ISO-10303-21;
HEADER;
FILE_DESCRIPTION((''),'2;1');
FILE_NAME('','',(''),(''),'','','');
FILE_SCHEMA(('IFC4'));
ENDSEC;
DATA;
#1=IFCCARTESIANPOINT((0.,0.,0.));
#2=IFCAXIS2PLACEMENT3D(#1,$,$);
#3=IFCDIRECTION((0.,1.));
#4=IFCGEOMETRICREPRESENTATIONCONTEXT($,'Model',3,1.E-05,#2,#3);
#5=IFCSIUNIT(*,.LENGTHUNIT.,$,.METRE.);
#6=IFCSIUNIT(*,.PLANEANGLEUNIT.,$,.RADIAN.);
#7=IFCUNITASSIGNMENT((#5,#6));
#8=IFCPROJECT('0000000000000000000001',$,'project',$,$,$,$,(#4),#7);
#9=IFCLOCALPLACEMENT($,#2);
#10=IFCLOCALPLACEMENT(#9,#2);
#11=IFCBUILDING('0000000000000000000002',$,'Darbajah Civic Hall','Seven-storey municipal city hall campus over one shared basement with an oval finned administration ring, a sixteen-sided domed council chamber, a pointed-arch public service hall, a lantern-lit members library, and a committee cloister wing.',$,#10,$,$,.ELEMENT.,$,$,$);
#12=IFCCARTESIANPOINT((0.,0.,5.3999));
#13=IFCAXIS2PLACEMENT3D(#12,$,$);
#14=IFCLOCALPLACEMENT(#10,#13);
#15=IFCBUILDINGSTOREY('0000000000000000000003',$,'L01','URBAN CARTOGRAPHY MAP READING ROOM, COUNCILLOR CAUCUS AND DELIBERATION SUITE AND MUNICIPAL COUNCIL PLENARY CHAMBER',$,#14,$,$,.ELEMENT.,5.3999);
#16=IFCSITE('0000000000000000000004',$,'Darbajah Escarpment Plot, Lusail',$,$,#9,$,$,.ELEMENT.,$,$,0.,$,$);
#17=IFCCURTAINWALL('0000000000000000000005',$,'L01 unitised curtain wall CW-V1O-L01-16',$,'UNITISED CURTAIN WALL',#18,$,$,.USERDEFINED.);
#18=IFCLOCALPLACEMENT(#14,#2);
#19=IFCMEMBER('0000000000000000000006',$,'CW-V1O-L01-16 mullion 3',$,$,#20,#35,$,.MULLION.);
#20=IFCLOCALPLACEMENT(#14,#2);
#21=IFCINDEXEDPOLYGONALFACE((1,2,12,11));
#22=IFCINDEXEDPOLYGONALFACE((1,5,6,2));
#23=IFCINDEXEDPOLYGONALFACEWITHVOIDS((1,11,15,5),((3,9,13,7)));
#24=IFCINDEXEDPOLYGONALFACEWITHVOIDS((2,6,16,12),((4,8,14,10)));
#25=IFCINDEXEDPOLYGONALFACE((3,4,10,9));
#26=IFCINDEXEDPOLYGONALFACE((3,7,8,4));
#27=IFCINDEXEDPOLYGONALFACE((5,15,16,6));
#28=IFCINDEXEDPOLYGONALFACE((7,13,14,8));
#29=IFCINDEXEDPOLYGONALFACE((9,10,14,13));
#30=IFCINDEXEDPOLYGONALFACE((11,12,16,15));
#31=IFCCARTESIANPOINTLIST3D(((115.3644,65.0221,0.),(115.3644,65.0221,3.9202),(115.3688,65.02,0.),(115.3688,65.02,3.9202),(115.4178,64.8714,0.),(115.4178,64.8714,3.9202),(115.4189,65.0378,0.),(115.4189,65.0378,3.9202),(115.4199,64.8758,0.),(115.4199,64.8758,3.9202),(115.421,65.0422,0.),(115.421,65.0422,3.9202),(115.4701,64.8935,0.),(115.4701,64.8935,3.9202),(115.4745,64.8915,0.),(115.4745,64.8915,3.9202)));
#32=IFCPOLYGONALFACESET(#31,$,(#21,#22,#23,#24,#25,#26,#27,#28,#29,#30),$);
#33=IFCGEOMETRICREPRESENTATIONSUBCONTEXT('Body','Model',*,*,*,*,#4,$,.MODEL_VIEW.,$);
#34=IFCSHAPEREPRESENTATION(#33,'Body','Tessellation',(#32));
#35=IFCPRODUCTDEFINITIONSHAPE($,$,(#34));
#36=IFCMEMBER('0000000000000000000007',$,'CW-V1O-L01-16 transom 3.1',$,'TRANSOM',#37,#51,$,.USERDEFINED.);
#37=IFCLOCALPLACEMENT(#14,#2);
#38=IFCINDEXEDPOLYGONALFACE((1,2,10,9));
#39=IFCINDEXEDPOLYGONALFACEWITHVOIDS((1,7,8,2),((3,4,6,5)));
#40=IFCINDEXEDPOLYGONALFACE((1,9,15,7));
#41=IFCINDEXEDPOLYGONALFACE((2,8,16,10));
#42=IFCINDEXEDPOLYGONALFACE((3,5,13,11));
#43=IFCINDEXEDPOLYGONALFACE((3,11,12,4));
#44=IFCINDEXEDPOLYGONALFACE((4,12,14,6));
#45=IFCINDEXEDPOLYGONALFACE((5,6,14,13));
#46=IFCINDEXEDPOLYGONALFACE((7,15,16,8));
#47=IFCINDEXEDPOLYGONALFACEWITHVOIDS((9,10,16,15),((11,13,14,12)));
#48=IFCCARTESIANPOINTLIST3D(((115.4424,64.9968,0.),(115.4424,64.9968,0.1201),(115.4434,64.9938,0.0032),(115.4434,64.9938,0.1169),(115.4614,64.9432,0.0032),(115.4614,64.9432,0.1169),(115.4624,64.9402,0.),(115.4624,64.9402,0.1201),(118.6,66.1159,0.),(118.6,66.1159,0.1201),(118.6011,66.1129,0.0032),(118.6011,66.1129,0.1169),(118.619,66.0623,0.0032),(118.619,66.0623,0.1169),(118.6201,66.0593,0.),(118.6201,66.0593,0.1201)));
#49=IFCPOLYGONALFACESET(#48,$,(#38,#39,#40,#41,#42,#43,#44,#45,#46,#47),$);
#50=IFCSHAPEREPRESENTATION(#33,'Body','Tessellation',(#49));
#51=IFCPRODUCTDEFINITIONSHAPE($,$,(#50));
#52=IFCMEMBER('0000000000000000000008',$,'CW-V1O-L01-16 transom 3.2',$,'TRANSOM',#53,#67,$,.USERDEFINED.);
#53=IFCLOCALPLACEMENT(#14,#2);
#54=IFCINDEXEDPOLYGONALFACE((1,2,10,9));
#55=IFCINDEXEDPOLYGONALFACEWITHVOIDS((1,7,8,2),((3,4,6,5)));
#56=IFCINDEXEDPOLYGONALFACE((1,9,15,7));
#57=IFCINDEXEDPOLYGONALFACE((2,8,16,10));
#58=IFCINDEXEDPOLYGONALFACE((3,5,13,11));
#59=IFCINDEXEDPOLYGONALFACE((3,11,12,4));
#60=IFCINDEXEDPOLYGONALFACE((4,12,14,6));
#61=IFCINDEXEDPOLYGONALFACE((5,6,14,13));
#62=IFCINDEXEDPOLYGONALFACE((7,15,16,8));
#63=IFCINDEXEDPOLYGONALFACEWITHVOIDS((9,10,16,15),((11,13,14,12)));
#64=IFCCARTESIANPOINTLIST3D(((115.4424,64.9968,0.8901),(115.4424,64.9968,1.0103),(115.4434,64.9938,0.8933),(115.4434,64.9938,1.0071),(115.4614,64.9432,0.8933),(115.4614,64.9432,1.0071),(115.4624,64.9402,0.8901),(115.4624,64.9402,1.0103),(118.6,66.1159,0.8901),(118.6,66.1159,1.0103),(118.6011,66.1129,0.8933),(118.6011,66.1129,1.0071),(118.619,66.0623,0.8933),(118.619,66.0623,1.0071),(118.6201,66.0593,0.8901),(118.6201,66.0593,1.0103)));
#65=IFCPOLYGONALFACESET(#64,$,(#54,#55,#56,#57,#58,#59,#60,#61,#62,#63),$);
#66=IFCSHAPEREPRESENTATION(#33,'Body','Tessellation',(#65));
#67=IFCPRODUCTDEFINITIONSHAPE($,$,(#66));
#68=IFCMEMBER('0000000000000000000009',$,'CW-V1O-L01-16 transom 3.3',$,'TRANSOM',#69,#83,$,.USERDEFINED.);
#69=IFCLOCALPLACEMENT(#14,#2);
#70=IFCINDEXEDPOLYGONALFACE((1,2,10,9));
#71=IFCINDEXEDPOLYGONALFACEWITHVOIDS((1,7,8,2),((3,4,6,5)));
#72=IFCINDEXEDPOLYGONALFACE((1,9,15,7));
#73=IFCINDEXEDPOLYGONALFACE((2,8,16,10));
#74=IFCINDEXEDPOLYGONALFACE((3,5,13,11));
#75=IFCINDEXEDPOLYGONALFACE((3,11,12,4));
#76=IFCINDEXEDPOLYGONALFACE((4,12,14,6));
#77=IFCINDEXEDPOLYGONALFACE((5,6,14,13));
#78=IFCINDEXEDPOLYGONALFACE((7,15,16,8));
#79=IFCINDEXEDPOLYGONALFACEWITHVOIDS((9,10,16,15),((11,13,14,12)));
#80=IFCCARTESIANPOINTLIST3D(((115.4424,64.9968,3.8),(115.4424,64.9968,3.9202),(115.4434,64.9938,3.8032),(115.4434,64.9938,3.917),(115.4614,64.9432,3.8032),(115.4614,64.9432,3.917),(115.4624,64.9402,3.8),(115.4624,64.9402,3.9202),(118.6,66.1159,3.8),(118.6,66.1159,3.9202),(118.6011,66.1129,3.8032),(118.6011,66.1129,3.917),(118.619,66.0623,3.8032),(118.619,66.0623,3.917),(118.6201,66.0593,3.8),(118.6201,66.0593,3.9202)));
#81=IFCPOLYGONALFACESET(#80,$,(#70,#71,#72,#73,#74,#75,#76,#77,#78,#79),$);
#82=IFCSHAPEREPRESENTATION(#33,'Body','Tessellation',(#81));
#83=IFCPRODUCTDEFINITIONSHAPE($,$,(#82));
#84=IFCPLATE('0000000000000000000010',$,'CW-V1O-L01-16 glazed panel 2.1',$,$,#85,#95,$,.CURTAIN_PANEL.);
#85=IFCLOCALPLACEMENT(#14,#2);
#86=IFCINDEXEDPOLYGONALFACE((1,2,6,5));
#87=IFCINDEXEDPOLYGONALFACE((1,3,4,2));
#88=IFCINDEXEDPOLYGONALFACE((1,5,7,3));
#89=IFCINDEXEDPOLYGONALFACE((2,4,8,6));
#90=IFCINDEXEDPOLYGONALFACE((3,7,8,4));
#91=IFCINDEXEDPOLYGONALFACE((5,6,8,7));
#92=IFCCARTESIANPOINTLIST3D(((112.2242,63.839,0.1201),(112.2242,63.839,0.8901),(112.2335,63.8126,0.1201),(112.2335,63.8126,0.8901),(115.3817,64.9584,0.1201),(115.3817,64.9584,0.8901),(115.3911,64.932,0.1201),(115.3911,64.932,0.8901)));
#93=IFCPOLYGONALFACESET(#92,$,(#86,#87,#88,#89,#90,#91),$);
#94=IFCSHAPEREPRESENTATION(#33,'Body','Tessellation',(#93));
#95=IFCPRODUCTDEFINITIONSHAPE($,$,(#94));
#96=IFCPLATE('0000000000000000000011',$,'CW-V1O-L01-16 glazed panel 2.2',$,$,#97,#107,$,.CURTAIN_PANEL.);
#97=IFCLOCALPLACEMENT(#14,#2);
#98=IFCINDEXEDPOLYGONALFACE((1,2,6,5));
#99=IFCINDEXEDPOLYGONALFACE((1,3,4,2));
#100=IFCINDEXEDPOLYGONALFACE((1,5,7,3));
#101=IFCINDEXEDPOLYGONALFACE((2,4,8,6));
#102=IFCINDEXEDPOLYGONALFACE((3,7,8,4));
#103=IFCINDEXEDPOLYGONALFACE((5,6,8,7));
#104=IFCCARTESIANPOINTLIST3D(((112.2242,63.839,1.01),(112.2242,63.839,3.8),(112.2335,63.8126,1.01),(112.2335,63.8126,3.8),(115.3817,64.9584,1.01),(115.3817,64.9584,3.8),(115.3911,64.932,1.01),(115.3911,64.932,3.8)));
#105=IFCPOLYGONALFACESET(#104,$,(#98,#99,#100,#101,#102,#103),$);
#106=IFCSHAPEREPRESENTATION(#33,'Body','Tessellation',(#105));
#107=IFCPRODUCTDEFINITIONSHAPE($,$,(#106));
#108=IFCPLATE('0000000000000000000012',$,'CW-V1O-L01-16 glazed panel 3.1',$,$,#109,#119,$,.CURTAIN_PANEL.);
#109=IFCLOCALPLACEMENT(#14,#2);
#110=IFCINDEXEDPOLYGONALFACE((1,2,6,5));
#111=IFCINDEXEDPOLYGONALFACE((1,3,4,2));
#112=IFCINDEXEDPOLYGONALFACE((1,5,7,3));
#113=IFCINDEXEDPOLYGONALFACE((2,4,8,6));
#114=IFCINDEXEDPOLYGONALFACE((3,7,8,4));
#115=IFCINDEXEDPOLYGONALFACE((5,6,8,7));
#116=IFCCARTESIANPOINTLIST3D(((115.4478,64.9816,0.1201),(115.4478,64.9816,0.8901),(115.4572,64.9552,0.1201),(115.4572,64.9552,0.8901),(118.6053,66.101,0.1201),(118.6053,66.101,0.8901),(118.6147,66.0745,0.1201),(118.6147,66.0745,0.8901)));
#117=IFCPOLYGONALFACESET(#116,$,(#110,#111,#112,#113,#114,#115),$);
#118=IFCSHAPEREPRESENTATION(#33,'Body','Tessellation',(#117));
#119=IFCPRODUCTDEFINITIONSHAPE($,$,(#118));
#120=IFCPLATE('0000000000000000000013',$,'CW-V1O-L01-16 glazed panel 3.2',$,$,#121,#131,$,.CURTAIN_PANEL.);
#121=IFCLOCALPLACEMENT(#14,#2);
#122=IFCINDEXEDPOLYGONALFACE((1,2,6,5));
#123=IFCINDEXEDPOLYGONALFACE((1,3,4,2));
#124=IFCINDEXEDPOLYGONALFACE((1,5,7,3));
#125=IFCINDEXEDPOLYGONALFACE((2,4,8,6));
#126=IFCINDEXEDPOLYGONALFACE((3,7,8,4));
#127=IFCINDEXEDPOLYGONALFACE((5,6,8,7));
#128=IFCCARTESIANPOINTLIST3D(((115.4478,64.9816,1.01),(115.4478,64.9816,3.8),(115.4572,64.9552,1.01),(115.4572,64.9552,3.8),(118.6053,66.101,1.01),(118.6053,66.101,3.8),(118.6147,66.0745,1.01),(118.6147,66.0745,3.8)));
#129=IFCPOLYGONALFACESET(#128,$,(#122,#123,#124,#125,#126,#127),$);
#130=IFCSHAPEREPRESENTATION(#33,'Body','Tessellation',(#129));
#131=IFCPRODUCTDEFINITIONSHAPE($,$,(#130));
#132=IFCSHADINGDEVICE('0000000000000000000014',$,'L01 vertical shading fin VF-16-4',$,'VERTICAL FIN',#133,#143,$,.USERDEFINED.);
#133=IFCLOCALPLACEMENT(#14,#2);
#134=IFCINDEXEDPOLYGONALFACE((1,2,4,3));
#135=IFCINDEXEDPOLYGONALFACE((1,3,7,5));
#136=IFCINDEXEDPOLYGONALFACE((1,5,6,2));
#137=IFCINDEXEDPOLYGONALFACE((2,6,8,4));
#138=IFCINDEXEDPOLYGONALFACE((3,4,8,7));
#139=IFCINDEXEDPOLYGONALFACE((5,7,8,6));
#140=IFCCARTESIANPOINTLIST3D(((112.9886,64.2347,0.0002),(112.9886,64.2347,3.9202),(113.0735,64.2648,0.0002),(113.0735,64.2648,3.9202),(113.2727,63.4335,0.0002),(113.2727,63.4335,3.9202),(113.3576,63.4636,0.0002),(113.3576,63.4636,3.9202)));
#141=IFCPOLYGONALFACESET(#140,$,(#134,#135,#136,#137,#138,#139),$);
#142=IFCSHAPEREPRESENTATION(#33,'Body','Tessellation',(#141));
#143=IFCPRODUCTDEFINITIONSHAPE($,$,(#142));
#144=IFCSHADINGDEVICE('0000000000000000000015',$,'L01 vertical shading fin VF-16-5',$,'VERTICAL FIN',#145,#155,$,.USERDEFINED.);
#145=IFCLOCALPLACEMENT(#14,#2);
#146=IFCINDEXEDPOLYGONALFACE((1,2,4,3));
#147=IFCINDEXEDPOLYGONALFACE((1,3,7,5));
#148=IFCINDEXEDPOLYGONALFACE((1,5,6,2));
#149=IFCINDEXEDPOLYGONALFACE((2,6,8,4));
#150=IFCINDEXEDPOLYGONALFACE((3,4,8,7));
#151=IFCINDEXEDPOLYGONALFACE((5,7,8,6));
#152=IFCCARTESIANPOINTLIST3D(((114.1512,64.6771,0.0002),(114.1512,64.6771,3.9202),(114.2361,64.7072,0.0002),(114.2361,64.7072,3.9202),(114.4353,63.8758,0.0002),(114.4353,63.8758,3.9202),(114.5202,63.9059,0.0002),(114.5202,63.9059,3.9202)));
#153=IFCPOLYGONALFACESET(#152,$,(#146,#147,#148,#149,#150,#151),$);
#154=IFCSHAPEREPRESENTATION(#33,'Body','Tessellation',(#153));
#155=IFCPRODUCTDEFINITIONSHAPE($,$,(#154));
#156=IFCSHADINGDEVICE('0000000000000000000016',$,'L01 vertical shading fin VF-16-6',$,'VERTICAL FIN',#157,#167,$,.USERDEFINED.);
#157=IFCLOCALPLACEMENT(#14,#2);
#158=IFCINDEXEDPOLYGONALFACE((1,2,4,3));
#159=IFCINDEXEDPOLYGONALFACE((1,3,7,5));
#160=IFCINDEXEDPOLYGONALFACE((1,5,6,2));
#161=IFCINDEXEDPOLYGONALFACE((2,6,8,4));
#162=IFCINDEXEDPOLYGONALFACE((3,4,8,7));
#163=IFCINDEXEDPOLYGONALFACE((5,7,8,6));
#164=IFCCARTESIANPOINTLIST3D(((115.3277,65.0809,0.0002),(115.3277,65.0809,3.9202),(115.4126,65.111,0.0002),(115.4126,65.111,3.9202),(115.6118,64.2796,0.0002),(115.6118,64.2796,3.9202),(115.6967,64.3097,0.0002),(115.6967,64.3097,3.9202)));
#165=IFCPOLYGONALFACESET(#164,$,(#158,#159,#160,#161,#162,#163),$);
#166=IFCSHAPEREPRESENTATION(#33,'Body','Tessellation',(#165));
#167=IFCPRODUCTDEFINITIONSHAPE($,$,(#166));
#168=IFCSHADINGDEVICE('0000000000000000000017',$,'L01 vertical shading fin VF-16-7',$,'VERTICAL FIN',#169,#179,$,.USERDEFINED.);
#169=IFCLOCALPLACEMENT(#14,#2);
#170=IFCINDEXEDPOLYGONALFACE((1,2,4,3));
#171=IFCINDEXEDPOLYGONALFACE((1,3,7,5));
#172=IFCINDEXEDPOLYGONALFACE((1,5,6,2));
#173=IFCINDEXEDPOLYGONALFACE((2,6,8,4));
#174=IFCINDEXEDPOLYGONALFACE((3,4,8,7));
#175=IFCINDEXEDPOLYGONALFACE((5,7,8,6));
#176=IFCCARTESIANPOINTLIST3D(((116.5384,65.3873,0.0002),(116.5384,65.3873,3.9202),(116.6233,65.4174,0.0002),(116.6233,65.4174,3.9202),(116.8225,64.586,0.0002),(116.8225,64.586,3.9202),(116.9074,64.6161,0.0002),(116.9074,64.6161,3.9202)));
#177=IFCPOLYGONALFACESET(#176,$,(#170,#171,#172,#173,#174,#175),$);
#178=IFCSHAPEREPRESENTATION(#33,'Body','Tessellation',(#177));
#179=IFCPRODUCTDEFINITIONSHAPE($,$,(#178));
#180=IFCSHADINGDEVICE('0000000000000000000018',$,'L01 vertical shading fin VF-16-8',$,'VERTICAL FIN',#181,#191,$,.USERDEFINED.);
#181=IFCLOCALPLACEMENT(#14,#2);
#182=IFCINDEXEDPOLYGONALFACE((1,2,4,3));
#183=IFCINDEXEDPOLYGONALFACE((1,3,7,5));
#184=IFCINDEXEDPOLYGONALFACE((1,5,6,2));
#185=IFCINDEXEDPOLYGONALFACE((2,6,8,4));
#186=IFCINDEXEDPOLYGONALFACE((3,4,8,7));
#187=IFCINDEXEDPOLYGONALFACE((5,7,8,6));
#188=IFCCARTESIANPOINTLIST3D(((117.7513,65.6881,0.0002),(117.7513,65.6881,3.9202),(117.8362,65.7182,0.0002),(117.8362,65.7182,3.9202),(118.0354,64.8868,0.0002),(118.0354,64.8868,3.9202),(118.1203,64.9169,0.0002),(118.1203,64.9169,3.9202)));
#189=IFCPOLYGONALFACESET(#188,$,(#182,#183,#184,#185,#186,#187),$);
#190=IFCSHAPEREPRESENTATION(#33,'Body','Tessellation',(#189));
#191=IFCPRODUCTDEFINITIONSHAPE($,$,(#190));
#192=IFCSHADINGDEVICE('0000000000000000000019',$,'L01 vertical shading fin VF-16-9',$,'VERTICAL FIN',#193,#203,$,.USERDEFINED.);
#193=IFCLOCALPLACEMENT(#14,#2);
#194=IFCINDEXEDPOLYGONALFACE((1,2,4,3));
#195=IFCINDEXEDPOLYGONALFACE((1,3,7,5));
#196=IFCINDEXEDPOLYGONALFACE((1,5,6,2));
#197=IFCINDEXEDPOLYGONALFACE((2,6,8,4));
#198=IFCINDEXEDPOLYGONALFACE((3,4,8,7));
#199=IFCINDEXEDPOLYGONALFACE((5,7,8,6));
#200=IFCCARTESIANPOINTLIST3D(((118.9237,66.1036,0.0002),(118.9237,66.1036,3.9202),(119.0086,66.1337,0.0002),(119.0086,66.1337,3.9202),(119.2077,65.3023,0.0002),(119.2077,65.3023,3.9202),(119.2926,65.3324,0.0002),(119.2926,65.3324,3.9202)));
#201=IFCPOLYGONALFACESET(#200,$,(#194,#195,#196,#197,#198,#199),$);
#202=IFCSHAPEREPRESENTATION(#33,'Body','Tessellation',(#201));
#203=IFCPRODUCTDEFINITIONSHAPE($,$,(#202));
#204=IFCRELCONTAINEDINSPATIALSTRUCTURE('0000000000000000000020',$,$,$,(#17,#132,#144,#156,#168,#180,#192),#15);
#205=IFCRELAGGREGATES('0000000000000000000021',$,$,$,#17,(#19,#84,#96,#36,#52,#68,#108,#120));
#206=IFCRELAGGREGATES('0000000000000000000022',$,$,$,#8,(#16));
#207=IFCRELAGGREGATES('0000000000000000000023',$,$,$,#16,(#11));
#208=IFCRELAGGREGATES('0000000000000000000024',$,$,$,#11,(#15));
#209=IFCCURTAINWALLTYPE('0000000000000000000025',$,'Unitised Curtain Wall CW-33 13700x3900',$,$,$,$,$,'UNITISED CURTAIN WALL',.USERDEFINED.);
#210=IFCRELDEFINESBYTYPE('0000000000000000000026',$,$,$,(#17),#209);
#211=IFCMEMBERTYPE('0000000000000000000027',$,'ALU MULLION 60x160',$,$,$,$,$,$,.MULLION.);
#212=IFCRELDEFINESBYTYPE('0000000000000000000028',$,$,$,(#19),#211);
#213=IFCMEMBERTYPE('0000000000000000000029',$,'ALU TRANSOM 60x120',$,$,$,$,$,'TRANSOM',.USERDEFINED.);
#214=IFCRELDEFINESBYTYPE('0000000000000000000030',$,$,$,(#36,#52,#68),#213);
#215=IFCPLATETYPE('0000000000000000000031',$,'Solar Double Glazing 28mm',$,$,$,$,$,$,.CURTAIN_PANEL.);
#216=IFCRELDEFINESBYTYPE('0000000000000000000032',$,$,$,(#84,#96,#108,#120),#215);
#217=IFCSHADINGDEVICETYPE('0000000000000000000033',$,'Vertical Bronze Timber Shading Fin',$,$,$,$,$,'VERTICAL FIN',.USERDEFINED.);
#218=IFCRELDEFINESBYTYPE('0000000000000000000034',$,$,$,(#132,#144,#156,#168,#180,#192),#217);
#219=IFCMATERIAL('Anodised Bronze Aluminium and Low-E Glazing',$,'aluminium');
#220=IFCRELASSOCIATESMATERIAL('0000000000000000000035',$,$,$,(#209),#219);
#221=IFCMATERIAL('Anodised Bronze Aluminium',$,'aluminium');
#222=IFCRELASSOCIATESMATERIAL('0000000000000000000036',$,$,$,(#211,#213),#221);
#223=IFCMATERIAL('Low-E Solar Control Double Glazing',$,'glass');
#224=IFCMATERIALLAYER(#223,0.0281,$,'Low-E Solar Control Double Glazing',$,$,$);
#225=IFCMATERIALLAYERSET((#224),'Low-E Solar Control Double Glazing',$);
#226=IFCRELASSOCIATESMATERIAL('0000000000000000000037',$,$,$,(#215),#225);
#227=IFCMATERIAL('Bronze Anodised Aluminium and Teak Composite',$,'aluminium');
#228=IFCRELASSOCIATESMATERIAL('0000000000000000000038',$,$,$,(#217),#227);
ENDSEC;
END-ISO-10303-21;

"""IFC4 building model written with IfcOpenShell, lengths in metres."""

from ifc_helpers import new_model, si_unit, direction, frame, origin, origin_2d, place, context, subcontext, project, spatial, rectangle, hollow_rectangle, extrude, material, layer, layer_set, material_profile, profile_set, type_object, element, aggregate, save


model = new_model("IFC4")

# Units and contexts
model_context = context("Model", 3, precision=1e-05, world=origin(), true_north=direction((0.0, 1.0)))
body_context = subcontext(model_context, "Body", "Model", "MODEL_VIEW")
ifc_project = project(units=[si_unit("LENGTHUNIT", "METRE"), si_unit("PLANEANGLEUNIT", "RADIAN")], contexts=[model_context])

# Site, building, storey
site_placement = place(None, origin())
site = spatial("IfcSite", under=ifc_project, at=site_placement, Name="Darbajah Escarpment Plot, Lusail", CompositionType="ELEMENT", RefElevation=0.0)
building_placement = place(site_placement, origin())
building = spatial("IfcBuilding", under=site, at=building_placement, Name="Darbajah Civic Hall", Description="Seven-storey municipal city hall campus over one shared basement with an oval finned administration ring, a sixteen-sided domed council chamber, a pointed-arch public service hall, a lantern-lit members library, and a committee cloister wing.", CompositionType="ELEMENT")
storey_placement = place(building_placement, frame((0.0, 0.0, 5.3999)))
storey = spatial("IfcBuildingStorey", under=building, at=storey_placement, Name="L01", Description="URBAN CARTOGRAPHY MAP READING ROOM, COUNCILLOR CAUCUS AND DELIBERATION SUITE AND MUNICIPAL COUNCIL PLENARY CHAMBER", CompositionType="ELEMENT", Elevation=5.3999)

# Curtain wall, members, plates
ifc_material_1 = material(Name="Anodised Bronze Aluminium and Low-E Glazing", Category="aluminium")
curtain_wall_type = type_object("IfcCurtainWallType", Name="Unitised Curtain Wall CW-33 13700x3900", ElementType="UNITISED CURTAIN WALL", PredefinedType="USERDEFINED", material=ifc_material_1)
curtain_wall_placement = place(storey_placement, origin())
curtain_wall = element("IfcCurtainWall", 1, at=curtain_wall_placement, inside=storey, type_object=curtain_wall_type, Name="L01 unitised curtain wall CW-V1O-L01-16", ObjectType="UNITISED CURTAIN WALL", PredefinedType="USERDEFINED")
ifc_material_2 = material(Name="Anodised Bronze Aluminium", Category="aluminium")
ifc_material_profile_1 = material_profile(ifc_material_2, hollow_rectangle(XDim=0.0601, YDim=0.1599, WallThickness=0.0034, at=origin_2d()), Name="ALU MULLION 60x160")
ifc_profile_set_1 = profile_set([ifc_material_profile_1], Name="Anodised Bronze Aluminium")
member_type_1 = type_object("IfcMemberType", Name="ALU MULLION 60x160", PredefinedType="MULLION", material=ifc_profile_set_1)
member_1_placement = place(storey_placement, frame((115.4194, 64.9568, 0.0), z_axis=(0.0, 0.0, 1.0), x_axis=(0.942525, 0.334136, 0.0)))
member_1 = element("IfcMember", 2, at=member_1_placement, type_object=member_type_1, Name="CW-V1O-L01-16 mullion 3", PredefinedType="MULLION", context=body_context, shape_type="SweptSolid", body=[
    extrude(hollow_rectangle(XDim=0.0601, YDim=0.1599, WallThickness=0.0034, at=origin_2d()), origin(), (0.0, 0.0, 1.0), 3.9202),
])
ifc_material_profile_2 = material_profile(ifc_material_2, hollow_rectangle(XDim=0.0601, YDim=0.1201, WallThickness=0.0032, at=origin_2d()), Name="ALU TRANSOM 60x120")
ifc_profile_set_2 = profile_set([ifc_material_profile_2], Name="Anodised Bronze Aluminium")
member_type_2 = type_object("IfcMemberType", Name="ALU TRANSOM 60x120", ElementType="TRANSOM", PredefinedType="USERDEFINED", material=ifc_profile_set_2)
member_2_placement = place(storey_placement, frame((115.4524, 64.9685, 0.0601), z_axis=(0.942554, 0.334055, 0.0), x_axis=(-0.334055, 0.942554, 0.0)))
member_2 = element("IfcMember", 3, at=member_2_placement, type_object=member_type_2, Name="CW-V1O-L01-16 transom 3.1", ObjectType="TRANSOM", PredefinedType="USERDEFINED", context=body_context, shape_type="SweptSolid", body=[
    extrude(hollow_rectangle(XDim=0.0601, YDim=0.1201, WallThickness=0.0032, at=origin_2d()), origin(), (0.0, 0.0, 1.0), 3.3501),
])
member_3_placement = place(storey_placement, frame((115.4524, 64.9685, 0.9502), z_axis=(0.942554, 0.334055, 0.0), x_axis=(-0.334055, 0.942554, 0.0)))
member_3 = element("IfcMember", 4, at=member_3_placement, type_object=member_type_2, Name="CW-V1O-L01-16 transom 3.2", ObjectType="TRANSOM", PredefinedType="USERDEFINED", context=body_context, shape_type="SweptSolid", body=[
    extrude(hollow_rectangle(XDim=0.0601, YDim=0.1201, WallThickness=0.0032, at=origin_2d()), origin(), (0.0, 0.0, 1.0), 3.3501),
])
member_4_placement = place(storey_placement, frame((115.4524, 64.9685, 3.8601), z_axis=(0.942554, 0.334055, 0.0), x_axis=(-0.334055, 0.942554, 0.0)))
member_4 = element("IfcMember", 5, at=member_4_placement, type_object=member_type_2, Name="CW-V1O-L01-16 transom 3.3", ObjectType="TRANSOM", PredefinedType="USERDEFINED", context=body_context, shape_type="SweptSolid", body=[
    extrude(hollow_rectangle(XDim=0.0601, YDim=0.1201, WallThickness=0.0032, at=origin_2d()), origin(), (0.0, 0.0, 1.0), 3.3501),
])
ifc_material_3 = material(Name="Low-E Solar Control Double Glazing", Category="glass")
ifc_layer = layer(ifc_material_3, 0.0281, Name="Low-E Solar Control Double Glazing")
ifc_layer_set = layer_set([ifc_layer], Name="Low-E Solar Control Double Glazing")
plate_type = type_object("IfcPlateType", Name="Solar Double Glazing 28mm", PredefinedType="CURTAIN_PANEL", material=ifc_layer_set)
plate_1_placement = place(storey_placement, frame((113.8076, 64.3855, 0.1201), z_axis=(0.0, 0.0, 1.0), x_axis=(0.942525, 0.334136, 0.0)))
plate_1 = element("IfcPlate", 6, at=plate_1_placement, type_object=plate_type, Name="CW-V1O-L01-16 glazed panel 2.1", PredefinedType="CURTAIN_PANEL", context=body_context, shape_type="SweptSolid", body=[
    extrude(rectangle(XDim=3.3501, YDim=0.0281, at=origin_2d()), origin(), (0.0, 0.0, 1.0), 0.77),
])
plate_2_placement = place(storey_placement, frame((113.8076, 64.3855, 1.01), z_axis=(0.0, 0.0, 1.0), x_axis=(0.942525, 0.334136, 0.0)))
plate_2 = element("IfcPlate", 7, at=plate_2_placement, type_object=plate_type, Name="CW-V1O-L01-16 glazed panel 2.2", PredefinedType="CURTAIN_PANEL", context=body_context, shape_type="SweptSolid", body=[
    extrude(rectangle(XDim=3.3501, YDim=0.0281, at=origin_2d()), origin(), (0.0, 0.0, 1.0), 2.79),
])
plate_3_placement = place(storey_placement, frame((117.0312, 65.5281, 0.1201), z_axis=(0.0, 0.0, 1.0), x_axis=(0.942525, 0.334136, 0.0)))
plate_3 = element("IfcPlate", 8, at=plate_3_placement, type_object=plate_type, Name="CW-V1O-L01-16 glazed panel 3.1", PredefinedType="CURTAIN_PANEL", context=body_context, shape_type="SweptSolid", body=[
    extrude(rectangle(XDim=3.3501, YDim=0.0281, at=origin_2d()), origin(), (0.0, 0.0, 1.0), 0.77),
])
plate_4_placement = place(storey_placement, frame((117.0312, 65.5281, 1.01), z_axis=(0.0, 0.0, 1.0), x_axis=(0.942525, 0.334136, 0.0)))
plate_4 = element("IfcPlate", 9, at=plate_4_placement, type_object=plate_type, Name="CW-V1O-L01-16 glazed panel 3.2", PredefinedType="CURTAIN_PANEL", context=body_context, shape_type="SweptSolid", body=[
    extrude(rectangle(XDim=3.3501, YDim=0.0281, at=origin_2d()), origin(), (0.0, 0.0, 1.0), 2.79),
])
aggregate(curtain_wall, [member_1, plate_1, plate_2, member_2, member_3, member_4, plate_3, plate_4])

# Shading devices
ifc_material_4 = material(Name="Bronze Anodised Aluminium and Teak Composite", Category="aluminium")
shading_device_type = type_object("IfcShadingDeviceType", Name="Vertical Bronze Timber Shading Fin", ElementType="VERTICAL FIN", PredefinedType="USERDEFINED", material=ifc_material_4)
for number, where, z_axis, x_axis, name in (
    (10, (113.1731, 63.8491, 0.0002), (0.0, 0.0, 1.0), (0.334136, -0.942525, 0.0), "L01 vertical shading fin VF-16-4"),
    (11, (114.3357, 64.2915, 0.0002), (0.0, 0.0, 1.0), (0.334136, -0.942525, 0.0), "L01 vertical shading fin VF-16-5"),
    (12, (115.5122, 64.6953, 0.0002), (0.0, 0.0, 1.0), (0.334136, -0.942525, 0.0), "L01 vertical shading fin VF-16-6"),
    (13, (116.7229, 65.0017, 0.0002), (0.0, 0.0, 1.0), (0.334136, -0.942525, 0.0), "L01 vertical shading fin VF-16-7"),
    (14, (117.9358, 65.3025, 0.0002), (0.0, 0.0, 1.0), (0.334136, -0.942525, 0.0), "L01 vertical shading fin VF-16-8"),
    (15, (119.1082, 65.718, 0.0002), (0.0, 0.0, 1.0), (0.334136, -0.942525, 0.0), "L01 vertical shading fin VF-16-9"),
):
    element("IfcShadingDevice", number, at=place(storey_placement, frame(where, z_axis=z_axis, x_axis=x_axis)), inside=storey, type_object=shading_device_type, Name=name, ObjectType="VERTICAL FIN", PredefinedType="USERDEFINED", context=body_context, shape_type="SweptSolid", body=[
        extrude(rectangle(XDim=0.8501, YDim=0.0901, at=origin_2d()), origin(), (0.0, 0.0, 1.0), 3.9199),
    ])

save(model, "model.ifc")
